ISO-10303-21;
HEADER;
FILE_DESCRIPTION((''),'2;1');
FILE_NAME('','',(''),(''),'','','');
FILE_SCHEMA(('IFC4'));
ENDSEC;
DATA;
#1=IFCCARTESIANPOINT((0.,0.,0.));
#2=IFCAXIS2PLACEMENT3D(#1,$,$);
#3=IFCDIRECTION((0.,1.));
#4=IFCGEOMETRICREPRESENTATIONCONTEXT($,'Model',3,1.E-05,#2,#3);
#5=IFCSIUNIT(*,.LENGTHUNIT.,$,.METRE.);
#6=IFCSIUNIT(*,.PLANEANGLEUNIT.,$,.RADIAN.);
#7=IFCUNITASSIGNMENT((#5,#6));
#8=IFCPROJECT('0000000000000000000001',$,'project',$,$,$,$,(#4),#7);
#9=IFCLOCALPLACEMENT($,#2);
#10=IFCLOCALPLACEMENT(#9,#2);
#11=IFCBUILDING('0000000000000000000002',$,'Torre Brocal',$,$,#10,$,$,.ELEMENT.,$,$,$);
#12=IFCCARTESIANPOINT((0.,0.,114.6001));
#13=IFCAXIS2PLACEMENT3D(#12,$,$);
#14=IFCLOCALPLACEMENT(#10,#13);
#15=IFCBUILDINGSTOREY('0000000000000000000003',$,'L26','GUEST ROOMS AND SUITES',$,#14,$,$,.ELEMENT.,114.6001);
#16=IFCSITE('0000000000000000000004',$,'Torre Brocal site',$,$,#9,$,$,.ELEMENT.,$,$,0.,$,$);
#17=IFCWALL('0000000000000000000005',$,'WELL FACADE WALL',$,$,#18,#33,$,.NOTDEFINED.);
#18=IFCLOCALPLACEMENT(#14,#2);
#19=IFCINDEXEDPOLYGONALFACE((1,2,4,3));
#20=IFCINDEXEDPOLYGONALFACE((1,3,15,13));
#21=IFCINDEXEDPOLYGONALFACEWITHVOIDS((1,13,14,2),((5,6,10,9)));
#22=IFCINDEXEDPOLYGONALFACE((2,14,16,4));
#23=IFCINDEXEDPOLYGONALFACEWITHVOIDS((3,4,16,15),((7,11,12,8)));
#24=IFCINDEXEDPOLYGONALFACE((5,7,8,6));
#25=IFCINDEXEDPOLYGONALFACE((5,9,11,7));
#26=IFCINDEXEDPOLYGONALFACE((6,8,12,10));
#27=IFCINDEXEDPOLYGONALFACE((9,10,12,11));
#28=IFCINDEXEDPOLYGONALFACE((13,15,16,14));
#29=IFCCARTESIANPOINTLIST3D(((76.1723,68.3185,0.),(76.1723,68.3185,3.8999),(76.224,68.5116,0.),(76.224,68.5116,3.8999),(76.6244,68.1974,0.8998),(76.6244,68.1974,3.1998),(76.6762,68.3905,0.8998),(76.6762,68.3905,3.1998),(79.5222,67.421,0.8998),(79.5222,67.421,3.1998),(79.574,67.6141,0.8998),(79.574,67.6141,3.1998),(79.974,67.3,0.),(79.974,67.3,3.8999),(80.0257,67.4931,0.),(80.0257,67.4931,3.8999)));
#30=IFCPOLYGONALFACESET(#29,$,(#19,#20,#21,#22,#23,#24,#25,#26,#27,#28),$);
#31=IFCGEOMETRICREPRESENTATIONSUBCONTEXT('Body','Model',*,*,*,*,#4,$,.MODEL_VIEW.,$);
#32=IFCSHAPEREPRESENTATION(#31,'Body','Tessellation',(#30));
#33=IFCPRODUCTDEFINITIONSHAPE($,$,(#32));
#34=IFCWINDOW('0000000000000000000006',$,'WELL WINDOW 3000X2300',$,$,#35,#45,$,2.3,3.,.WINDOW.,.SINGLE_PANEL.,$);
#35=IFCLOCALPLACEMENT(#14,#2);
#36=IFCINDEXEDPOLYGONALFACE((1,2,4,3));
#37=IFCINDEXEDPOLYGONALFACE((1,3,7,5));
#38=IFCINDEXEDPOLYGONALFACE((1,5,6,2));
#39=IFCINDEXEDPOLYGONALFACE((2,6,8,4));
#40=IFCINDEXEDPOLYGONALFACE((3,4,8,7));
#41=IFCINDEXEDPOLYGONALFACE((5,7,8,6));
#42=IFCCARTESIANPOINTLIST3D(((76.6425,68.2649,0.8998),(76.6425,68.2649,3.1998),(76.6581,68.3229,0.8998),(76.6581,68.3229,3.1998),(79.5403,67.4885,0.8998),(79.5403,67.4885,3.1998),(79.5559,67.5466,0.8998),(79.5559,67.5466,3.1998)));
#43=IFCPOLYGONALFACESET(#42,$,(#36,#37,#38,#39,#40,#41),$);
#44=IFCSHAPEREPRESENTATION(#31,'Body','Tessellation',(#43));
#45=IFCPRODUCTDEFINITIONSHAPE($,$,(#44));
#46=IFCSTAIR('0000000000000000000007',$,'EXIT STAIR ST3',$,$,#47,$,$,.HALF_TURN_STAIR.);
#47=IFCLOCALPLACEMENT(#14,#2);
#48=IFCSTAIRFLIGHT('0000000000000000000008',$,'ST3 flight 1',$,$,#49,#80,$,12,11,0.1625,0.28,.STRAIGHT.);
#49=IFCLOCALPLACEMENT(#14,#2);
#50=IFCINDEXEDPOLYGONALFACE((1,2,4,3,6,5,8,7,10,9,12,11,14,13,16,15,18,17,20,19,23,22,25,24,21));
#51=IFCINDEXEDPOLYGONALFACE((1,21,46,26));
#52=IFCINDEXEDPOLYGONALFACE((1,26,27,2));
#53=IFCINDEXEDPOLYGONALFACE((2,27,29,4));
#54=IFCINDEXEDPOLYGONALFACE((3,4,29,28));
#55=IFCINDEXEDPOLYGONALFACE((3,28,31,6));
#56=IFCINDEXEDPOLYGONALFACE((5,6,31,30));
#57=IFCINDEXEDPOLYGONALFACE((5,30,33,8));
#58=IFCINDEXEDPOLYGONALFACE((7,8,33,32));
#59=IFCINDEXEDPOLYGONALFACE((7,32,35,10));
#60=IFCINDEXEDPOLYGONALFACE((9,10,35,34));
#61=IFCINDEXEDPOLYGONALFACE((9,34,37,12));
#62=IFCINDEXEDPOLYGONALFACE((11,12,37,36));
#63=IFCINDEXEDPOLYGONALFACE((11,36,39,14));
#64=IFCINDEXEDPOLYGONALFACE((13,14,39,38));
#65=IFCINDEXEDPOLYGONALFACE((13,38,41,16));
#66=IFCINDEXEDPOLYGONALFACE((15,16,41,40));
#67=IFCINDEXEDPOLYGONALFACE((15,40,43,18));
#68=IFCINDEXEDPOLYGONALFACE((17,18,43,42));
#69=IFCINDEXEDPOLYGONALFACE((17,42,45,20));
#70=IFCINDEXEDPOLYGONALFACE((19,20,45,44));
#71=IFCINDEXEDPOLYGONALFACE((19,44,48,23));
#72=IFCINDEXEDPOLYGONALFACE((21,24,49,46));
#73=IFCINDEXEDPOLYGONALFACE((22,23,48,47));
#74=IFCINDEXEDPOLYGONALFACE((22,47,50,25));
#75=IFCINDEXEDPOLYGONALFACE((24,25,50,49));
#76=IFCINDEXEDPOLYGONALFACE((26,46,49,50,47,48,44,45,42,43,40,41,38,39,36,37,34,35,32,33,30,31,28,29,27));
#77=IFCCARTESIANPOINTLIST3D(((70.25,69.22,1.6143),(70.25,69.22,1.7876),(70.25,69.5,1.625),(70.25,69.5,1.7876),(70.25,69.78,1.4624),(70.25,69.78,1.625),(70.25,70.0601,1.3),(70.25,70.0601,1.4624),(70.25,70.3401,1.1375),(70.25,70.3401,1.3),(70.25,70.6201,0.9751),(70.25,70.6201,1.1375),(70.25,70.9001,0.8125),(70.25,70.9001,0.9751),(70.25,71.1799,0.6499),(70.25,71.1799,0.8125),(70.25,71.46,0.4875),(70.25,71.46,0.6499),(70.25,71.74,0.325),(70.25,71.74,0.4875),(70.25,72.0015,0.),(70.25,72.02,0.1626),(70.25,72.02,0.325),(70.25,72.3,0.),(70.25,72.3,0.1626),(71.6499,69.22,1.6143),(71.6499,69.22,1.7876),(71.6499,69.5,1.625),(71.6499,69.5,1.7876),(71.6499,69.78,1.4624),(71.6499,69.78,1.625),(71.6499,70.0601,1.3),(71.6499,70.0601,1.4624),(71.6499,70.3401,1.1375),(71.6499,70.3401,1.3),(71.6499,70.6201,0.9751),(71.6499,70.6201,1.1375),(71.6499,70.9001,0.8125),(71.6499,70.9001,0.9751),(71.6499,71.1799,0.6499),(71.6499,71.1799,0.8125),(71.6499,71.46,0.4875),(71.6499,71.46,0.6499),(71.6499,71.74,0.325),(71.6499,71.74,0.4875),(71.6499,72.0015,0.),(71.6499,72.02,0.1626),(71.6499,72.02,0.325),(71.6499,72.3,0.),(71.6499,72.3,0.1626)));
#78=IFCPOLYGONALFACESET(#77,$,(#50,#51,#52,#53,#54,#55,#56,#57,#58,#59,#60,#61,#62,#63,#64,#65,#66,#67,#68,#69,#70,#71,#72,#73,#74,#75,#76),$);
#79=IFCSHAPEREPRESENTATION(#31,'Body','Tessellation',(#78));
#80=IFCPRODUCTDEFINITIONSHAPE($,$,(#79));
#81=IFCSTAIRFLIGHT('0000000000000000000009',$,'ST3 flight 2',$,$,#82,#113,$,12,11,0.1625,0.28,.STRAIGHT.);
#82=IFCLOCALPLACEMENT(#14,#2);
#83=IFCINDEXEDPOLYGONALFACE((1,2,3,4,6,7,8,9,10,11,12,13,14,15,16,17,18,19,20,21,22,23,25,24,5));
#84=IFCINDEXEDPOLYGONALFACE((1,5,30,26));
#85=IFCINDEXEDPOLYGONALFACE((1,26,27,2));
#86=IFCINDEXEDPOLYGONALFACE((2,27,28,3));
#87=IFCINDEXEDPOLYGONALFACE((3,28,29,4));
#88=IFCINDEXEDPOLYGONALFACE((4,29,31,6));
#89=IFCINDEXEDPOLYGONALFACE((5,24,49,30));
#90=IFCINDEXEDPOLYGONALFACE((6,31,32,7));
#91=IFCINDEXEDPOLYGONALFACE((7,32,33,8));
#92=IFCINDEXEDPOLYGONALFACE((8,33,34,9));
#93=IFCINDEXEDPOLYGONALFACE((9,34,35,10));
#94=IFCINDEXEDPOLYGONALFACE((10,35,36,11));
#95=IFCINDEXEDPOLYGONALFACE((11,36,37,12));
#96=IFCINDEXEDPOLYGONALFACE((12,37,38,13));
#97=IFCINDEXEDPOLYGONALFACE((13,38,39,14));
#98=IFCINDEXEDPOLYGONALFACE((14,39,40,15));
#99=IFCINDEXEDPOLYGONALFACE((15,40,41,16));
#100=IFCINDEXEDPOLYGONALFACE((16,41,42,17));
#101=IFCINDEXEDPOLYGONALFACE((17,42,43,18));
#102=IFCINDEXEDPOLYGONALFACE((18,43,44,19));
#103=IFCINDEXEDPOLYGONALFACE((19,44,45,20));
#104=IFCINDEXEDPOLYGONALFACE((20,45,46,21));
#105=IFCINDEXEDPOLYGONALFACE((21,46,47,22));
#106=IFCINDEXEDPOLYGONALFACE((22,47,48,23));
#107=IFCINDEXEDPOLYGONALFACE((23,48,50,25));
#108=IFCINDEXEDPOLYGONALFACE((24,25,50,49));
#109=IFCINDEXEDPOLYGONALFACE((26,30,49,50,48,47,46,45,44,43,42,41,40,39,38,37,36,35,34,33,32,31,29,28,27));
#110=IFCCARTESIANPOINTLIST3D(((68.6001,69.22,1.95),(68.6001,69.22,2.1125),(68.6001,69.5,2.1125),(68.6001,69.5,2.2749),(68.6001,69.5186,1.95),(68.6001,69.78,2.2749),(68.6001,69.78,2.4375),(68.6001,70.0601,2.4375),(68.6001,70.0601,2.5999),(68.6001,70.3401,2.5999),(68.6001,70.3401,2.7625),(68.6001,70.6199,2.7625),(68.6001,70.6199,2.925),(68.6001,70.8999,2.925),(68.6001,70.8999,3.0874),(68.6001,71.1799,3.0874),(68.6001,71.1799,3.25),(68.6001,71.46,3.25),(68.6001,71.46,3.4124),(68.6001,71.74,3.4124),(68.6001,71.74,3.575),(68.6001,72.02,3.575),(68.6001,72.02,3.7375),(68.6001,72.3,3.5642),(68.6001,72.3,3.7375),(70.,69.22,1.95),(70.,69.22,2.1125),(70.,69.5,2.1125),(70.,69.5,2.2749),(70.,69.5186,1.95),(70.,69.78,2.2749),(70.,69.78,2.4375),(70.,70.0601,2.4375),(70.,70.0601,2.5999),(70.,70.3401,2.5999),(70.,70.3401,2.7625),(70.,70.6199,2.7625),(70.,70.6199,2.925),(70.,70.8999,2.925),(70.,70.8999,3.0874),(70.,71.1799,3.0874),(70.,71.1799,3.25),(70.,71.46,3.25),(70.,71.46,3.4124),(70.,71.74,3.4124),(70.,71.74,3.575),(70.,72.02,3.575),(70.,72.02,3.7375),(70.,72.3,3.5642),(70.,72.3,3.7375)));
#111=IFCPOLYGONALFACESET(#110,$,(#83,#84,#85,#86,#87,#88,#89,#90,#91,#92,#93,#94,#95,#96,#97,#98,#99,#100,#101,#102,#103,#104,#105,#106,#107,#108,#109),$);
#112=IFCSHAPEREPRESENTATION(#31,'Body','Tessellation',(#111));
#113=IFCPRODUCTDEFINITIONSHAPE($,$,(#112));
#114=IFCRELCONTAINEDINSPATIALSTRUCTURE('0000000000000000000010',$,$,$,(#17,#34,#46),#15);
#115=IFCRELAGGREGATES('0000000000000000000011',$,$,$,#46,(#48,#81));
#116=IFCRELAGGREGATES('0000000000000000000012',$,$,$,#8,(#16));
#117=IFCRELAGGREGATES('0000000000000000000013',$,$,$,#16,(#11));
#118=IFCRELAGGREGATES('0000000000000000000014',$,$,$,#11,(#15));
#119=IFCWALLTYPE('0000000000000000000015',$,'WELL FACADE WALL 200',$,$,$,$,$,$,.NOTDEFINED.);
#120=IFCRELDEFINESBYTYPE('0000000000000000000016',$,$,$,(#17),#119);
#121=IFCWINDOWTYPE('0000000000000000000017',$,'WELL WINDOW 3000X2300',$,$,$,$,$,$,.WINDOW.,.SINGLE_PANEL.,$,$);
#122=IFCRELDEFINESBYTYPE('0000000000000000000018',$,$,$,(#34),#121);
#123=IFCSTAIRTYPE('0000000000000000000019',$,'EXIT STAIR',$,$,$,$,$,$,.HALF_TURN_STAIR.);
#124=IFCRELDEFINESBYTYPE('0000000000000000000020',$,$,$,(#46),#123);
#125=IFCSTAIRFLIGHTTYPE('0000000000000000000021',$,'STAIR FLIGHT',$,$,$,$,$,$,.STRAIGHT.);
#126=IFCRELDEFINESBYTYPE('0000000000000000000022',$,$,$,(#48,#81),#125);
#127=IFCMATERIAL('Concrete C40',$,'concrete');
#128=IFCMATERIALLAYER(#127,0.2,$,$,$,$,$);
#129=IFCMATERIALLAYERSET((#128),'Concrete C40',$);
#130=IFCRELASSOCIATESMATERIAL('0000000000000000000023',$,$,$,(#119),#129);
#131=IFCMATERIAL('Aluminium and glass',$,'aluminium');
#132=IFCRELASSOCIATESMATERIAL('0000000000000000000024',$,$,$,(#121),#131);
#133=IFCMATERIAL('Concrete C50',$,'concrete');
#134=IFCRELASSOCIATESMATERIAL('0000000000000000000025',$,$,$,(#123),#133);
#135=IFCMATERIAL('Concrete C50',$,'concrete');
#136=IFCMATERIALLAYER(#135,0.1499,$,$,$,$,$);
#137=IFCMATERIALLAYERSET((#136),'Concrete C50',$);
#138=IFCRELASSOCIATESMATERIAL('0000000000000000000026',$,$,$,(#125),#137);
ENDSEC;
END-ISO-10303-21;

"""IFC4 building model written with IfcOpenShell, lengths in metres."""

from ifc_helpers import new_model, si_unit, direction, frame, frame_2d, origin, place, context, subcontext, project, spatial, polyline, rectangle, outline, extrude, material, layer, layer_set, type_object, element, fill, aggregate, save


model = new_model("IFC4")

# Units and contexts
model_context = context("Model", 3, precision=1e-05, world=origin(), true_north=direction((0.0, 1.0)))
body_context = subcontext(model_context, "Body", "Model", "MODEL_VIEW")
ifc_project = project(units=[si_unit("LENGTHUNIT", "METRE"), si_unit("PLANEANGLEUNIT", "RADIAN")], contexts=[model_context])

# Site, building, storey
site_placement = place(None, origin())
site = spatial("IfcSite", under=ifc_project, at=site_placement, Name="Torre Brocal site", CompositionType="ELEMENT", RefElevation=0.0)
building_placement = place(site_placement, origin())
building = spatial("IfcBuilding", under=site, at=building_placement, Name="Torre Brocal", CompositionType="ELEMENT")
storey_placement = place(building_placement, frame((0.0, 0.0, 114.6001)))
storey = spatial("IfcBuildingStorey", under=building, at=storey_placement, Name="L26", Description="GUEST ROOMS AND SUITES", CompositionType="ELEMENT", Elevation=114.6001)

# Wall, opening, window
ifc_material_1 = material(Name="Concrete C40", Category="concrete")
ifc_layer_1 = layer(ifc_material_1, 0.2)
ifc_layer_set_1 = layer_set([ifc_layer_1], Name="Concrete C40")
wall_type_1 = type_object("IfcWallType", Name="WELL FACADE WALL 200", PredefinedType="NOTDEFINED", material=ifc_layer_set_1)
ifc_material_2 = material(Name="Aluminium and glass", Category="aluminium")
window_type = type_object("IfcWindowType", Name="WELL WINDOW 3000X2300", PartitioningType="SINGLE_PANEL", PredefinedType="WINDOW", material=ifc_material_2)
wall_1_placement = place(storey_placement, frame((76.1982, 68.415, 0.0), z_axis=(0.0, 0.0, 1.0), x_axis=(0.965934, -0.25879, 0.0)))
wall_1 = element("IfcWall", 1, at=wall_1_placement, inside=storey, type_object=wall_type_1, Name="WELL FACADE WALL", PredefinedType="NOTDEFINED", context=body_context, shape_type="SweptSolid", body=[
    extrude(rectangle(XDim=3.9358, YDim=0.2, at=frame_2d((1.9678, 0.0))), origin(), (0.0, 0.0, 1.0), 3.8999),
])
opening_1_placement = place(wall_1_placement, frame((0.468, 0.0, 0.8999)))
opening_1 = element("IfcOpeningElement", 2, at=opening_1_placement, cuts=wall_1, PredefinedType="OPENING", context=body_context, shape_type="SweptSolid", body=[
    extrude(rectangle(XDim=3.0, YDim=2.3, at=frame_2d((1.5, 1.1499))), frame((0.0, 0.1099, 0.0), z_axis=(0.0, -1.0, 0.0), x_axis=(1.0, 0.0, 0.0)), (0.0, 0.0, 1.0), 0.22),
])
window_1_placement = place(opening_1_placement, origin())
window_1 = element("IfcWindow", 3, at=window_1_placement, inside=storey, type_object=window_type, Name="WELL WINDOW 3000X2300", OverallHeight=2.3, OverallWidth=3.0, PartitioningType="SINGLE_PANEL", PredefinedType="WINDOW", context=body_context, shape_type="SweptSolid", body=[
    extrude(rectangle(XDim=3.0, YDim=2.3, at=frame_2d((1.5, 1.1499))), frame((0.0, 0.03, 0.0), z_axis=(0.0, -1.0, 0.0), x_axis=(1.0, 0.0, 0.0)), (0.0, 0.0, 1.0), 0.0601),
])
fill(opening_1, window_1)

# Stair, stair flights
ifc_material_3 = material(Name="Concrete C50", Category="concrete")
stair_type = type_object("IfcStairType", Name="EXIT STAIR", PredefinedType="HALF_TURN_STAIR", material=ifc_material_3)
stair_placement = place(storey_placement, origin())
stair = element("IfcStair", 4, at=stair_placement, inside=storey, type_object=stair_type, Name="EXIT STAIR ST3", PredefinedType="HALF_TURN_STAIR")
ifc_material_4 = material(Name="Concrete C50", Category="concrete")
ifc_layer_2 = layer(ifc_material_4, 0.1499)
ifc_layer_set_2 = layer_set([ifc_layer_2], Name="Concrete C50")
stair_flight_type = type_object("IfcStairFlightType", Name="STAIR FLIGHT", PredefinedType="STRAIGHT", material=ifc_layer_set_2)
stair_flight_1_placement = place(storey_placement, frame((70.95, 72.3, 0.0), z_axis=(0.0, 0.0, 1.0), x_axis=(0.0, -1.0, 0.0)))
stair_flight_1 = element("IfcStairFlight", 5, at=stair_flight_1_placement, type_object=stair_flight_type, Name="ST3 flight 1", NumberOfRisers=12, NumberOfTreads=11, PredefinedType="STRAIGHT", RiserHeight=0.1625, TreadLength=0.28, context=body_context, shape_type="SweptSolid", body=[
    extrude(outline(polyline([(0.0, 0.0), (0.0, 0.1626), (0.28, 0.1626), (0.28, 0.325), (0.5601, 0.325), (0.5601, 0.4875), (0.8401, 0.4875), (0.8401, 0.6499), (1.1201, 0.6499), (1.1201, 0.8125), (1.3999, 0.8125), (1.3999, 0.9751), (1.6799, 0.9751), (1.6799, 1.1375), (1.96, 1.1375), (1.96, 1.3), (2.24, 1.3), (2.24, 1.4624), (2.52, 1.4624), (2.52, 1.625), (2.8, 1.625), (2.8, 1.7876), (3.0801, 1.7876), (3.0801, 1.95), (3.0801, 1.6143), (0.2986, 0.0), (0.0, 0.0)])), frame((0.0, 0.7, 0.0), z_axis=(0.0, -1.0, 0.0), x_axis=(1.0, 0.0, 0.0)), (0.0, 0.0, 1.0), 1.3999),
])
stair_flight_2_placement = place(storey_placement, frame((69.3, 69.22, 1.95), z_axis=(0.0, 0.0, 1.0), x_axis=(0.0, 1.0, 0.0)))
stair_flight_2 = element("IfcStairFlight", 6, at=stair_flight_2_placement, type_object=stair_flight_type, Name="ST3 flight 2", NumberOfRisers=12, NumberOfTreads=11, PredefinedType="STRAIGHT", RiserHeight=0.1625, TreadLength=0.28, context=body_context, shape_type="SweptSolid", body=[
    extrude(outline(polyline([(0.0, 0.0), (0.0, 0.1626), (0.28, 0.1626), (0.28, 0.325), (0.5601, 0.325), (0.5601, 0.4875), (0.8401, 0.4875), (0.8401, 0.6499), (1.1201, 0.6499), (1.1201, 0.8125), (1.3999, 0.8125), (1.3999, 0.9751), (1.6799, 0.9751), (1.6799, 1.1375), (1.96, 1.1375), (1.96, 1.3), (2.24, 1.3), (2.24, 1.4624), (2.52, 1.4624), (2.52, 1.625), (2.8, 1.625), (2.8, 1.7876), (3.0801, 1.7876), (3.0801, 1.95), (3.0801, 1.6143), (0.2986, 0.0), (0.0, 0.0)])), frame((0.0, 0.7, 0.0), z_axis=(0.0, -1.0, 0.0), x_axis=(1.0, 0.0, 0.0)), (0.0, 0.0, 1.0), 1.3999),
])
aggregate(stair, [stair_flight_1, stair_flight_2])

save(model, "model.ifc")
